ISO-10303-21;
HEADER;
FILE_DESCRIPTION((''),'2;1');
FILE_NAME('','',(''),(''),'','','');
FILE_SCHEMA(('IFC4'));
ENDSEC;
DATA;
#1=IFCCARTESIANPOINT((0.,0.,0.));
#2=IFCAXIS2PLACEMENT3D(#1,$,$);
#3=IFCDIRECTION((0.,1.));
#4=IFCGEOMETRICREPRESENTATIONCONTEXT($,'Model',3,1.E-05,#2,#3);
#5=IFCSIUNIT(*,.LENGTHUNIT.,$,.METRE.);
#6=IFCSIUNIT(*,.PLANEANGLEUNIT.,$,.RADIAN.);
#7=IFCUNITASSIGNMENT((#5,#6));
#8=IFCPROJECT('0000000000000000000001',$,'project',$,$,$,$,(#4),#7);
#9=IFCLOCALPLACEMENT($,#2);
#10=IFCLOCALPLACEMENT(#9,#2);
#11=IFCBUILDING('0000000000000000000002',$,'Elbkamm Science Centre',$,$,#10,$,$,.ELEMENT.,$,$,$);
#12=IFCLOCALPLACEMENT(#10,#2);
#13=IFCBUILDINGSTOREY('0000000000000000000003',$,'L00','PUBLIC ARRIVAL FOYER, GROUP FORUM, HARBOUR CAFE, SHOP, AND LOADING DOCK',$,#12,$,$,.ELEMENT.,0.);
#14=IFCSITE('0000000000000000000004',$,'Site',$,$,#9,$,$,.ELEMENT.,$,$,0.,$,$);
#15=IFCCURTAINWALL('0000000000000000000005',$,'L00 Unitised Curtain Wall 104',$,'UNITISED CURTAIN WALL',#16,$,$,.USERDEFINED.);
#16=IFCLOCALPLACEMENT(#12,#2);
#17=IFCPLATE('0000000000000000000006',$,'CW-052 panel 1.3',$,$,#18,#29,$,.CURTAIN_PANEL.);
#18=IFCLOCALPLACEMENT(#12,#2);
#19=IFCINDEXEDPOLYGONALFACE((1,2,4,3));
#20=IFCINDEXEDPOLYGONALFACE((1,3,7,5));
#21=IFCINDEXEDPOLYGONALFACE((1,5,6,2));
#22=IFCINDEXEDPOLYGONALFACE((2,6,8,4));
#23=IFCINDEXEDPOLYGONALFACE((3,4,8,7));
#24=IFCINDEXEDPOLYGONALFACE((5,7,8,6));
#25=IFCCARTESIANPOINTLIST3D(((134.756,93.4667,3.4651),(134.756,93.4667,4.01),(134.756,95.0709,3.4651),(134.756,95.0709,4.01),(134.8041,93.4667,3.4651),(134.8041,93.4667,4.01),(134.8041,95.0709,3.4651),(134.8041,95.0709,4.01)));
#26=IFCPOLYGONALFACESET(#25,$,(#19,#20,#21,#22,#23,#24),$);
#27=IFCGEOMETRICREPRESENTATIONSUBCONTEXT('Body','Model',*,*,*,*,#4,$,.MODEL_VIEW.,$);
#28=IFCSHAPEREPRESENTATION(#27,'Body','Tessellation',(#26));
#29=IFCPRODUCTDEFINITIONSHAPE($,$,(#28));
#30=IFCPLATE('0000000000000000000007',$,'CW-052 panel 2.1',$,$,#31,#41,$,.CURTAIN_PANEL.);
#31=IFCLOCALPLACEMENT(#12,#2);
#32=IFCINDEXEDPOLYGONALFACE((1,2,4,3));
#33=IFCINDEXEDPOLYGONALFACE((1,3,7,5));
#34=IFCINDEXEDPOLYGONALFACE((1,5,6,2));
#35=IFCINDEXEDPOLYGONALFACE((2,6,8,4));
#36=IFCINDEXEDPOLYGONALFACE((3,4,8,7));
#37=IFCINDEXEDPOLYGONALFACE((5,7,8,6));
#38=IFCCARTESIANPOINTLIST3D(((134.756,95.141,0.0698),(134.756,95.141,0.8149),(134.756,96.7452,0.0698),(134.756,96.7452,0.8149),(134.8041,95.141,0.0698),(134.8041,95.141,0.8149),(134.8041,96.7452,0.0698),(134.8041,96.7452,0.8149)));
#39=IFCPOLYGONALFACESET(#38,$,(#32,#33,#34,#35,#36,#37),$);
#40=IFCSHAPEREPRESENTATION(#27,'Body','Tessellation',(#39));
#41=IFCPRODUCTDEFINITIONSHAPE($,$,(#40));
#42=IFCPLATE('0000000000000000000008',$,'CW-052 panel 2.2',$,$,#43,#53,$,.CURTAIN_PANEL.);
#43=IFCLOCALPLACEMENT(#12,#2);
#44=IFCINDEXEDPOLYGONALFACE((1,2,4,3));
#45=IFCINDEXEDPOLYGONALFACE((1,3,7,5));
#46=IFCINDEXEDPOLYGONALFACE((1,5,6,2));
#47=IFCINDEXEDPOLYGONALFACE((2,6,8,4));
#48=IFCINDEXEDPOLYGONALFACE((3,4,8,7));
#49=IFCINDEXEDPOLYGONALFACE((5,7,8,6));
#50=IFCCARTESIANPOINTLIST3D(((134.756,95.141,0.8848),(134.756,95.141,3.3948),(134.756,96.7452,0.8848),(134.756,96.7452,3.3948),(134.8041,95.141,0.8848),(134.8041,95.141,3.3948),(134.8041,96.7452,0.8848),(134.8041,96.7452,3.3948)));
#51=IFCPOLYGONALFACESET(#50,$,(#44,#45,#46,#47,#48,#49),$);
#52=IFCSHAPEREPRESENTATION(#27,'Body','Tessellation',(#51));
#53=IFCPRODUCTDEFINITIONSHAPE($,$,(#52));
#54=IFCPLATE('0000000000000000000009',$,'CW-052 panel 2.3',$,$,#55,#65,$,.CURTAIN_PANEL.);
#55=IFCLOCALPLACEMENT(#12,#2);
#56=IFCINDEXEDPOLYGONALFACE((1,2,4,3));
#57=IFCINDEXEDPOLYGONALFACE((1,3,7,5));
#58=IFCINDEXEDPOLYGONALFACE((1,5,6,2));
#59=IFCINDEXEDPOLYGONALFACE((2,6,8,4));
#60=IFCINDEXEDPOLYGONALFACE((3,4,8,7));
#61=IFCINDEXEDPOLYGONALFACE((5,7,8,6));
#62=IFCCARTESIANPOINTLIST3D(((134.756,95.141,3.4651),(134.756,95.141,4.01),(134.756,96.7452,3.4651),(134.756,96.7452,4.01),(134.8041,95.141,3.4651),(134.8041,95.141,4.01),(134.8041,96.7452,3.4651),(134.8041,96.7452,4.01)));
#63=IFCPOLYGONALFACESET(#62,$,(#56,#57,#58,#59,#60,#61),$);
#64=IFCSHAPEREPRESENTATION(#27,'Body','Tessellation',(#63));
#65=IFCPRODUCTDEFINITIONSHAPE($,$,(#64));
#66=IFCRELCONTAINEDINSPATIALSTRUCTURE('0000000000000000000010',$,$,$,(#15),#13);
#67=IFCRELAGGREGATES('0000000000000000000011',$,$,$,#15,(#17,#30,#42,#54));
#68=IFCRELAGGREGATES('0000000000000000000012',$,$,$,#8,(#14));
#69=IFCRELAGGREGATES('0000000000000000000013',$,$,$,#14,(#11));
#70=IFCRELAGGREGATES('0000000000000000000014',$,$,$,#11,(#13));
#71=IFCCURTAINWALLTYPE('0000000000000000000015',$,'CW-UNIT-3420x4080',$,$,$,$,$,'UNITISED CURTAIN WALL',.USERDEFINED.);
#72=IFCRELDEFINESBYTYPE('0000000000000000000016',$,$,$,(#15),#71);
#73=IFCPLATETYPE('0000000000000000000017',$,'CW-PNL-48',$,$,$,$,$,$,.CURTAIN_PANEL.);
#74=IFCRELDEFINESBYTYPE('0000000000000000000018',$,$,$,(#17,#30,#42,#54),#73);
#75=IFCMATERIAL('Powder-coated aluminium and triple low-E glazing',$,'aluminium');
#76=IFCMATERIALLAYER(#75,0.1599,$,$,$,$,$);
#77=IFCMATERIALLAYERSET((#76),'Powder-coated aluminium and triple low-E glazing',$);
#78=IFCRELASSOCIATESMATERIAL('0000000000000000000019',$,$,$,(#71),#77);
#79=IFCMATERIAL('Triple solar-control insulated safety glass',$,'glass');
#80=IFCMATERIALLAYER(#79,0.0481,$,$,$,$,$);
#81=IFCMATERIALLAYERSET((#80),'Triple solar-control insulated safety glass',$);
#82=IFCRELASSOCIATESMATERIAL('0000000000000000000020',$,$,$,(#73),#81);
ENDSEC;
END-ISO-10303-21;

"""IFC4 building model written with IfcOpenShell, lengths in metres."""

from ifc_helpers import new_model, si_unit, direction, frame, origin, origin_2d, place, context, subcontext, project, spatial, rectangle, extrude, material, layer, layer_set, type_object, element, aggregate, save


model = new_model("IFC4")

# Units and contexts
model_context = context("Model", 3, precision=1e-05, world=origin(), true_north=direction((0.0, 1.0)))
body_context = subcontext(model_context, "Body", "Model", "MODEL_VIEW")
ifc_project = project(units=[si_unit("LENGTHUNIT", "METRE"), si_unit("PLANEANGLEUNIT", "RADIAN")], contexts=[model_context])

# Site, building, storey
site_placement = place(None, origin())
site = spatial("IfcSite", under=ifc_project, at=site_placement, Name="Site", CompositionType="ELEMENT", RefElevation=0.0)
building_placement = place(site_placement, origin())
building = spatial("IfcBuilding", under=site, at=building_placement, Name="Elbkamm Science Centre", CompositionType="ELEMENT")
storey_placement = place(building_placement, origin())
storey = spatial("IfcBuildingStorey", under=building, at=storey_placement, Name="L00", Description="PUBLIC ARRIVAL FOYER, GROUP FORUM, HARBOUR CAFE, SHOP, AND LOADING DOCK", CompositionType="ELEMENT", Elevation=0.0)

# Curtain wall
ifc_material_1 = material(Name="Powder-coated aluminium and triple low-E glazing", Category="aluminium")
ifc_layer_1 = layer(ifc_material_1, 0.1599)
ifc_layer_set_1 = layer_set([ifc_layer_1], Name="Powder-coated aluminium and triple low-E glazing")
curtain_wall_type = type_object("IfcCurtainWallType", Name="CW-UNIT-3420x4080", ElementType="UNITISED CURTAIN WALL", PredefinedType="USERDEFINED", material=ifc_layer_set_1)
curtain_wall_1_placement = place(storey_placement, origin())
curtain_wall_1 = element("IfcCurtainWall", 1, at=curtain_wall_1_placement, inside=storey, type_object=curtain_wall_type, Name="L00 Unitised Curtain Wall 104", ObjectType="UNITISED CURTAIN WALL", PredefinedType="USERDEFINED")

# Plates
ifc_material_2 = material(Name="Triple solar-control insulated safety glass", Category="glass")
ifc_layer_2 = layer(ifc_material_2, 0.0481)
ifc_layer_set_2 = layer_set([ifc_layer_2], Name="Triple solar-control insulated safety glass")
plate_type = type_object("IfcPlateType", Name="CW-PNL-48", PredefinedType="CURTAIN_PANEL", material=ifc_layer_set_2)
plate_1_placement = place(storey_placement, frame((134.78, 94.2688, 3.4651), z_axis=(0.0, 0.0, 1.0), x_axis=(0.0, 1.0, 0.0)))
plate_1 = element("IfcPlate", 2, at=plate_1_placement, type_object=plate_type, Name="CW-052 panel 1.3", PredefinedType="CURTAIN_PANEL", context=body_context, shape_type="SweptSolid", body=[
    extrude(rectangle(XDim=1.6042, YDim=0.0481, at=origin_2d()), origin(), (0.0, 0.0, 1.0), 0.5449),
])
plate_2_placement = place(storey_placement, frame((134.78, 95.9431, 0.0698), z_axis=(0.0, 0.0, 1.0), x_axis=(0.0, 1.0, 0.0)))
plate_2 = element("IfcPlate", 3, at=plate_2_placement, type_object=plate_type, Name="CW-052 panel 2.1", PredefinedType="CURTAIN_PANEL", context=body_context, shape_type="SweptSolid", body=[
    extrude(rectangle(XDim=1.6042, YDim=0.0481, at=origin_2d()), origin(), (0.0, 0.0, 1.0), 0.7451),
])
plate_3_placement = place(storey_placement, frame((134.78, 95.9431, 0.8848), z_axis=(0.0, 0.0, 1.0), x_axis=(0.0, 1.0, 0.0)))
plate_3 = element("IfcPlate", 4, at=plate_3_placement, type_object=plate_type, Name="CW-052 panel 2.2", PredefinedType="CURTAIN_PANEL", context=body_context, shape_type="SweptSolid", body=[
    extrude(rectangle(XDim=1.6042, YDim=0.0481, at=origin_2d()), origin(), (0.0, 0.0, 1.0), 2.51),
])
plate_4_placement = place(storey_placement, frame((134.78, 95.9431, 3.4651), z_axis=(0.0, 0.0, 1.0), x_axis=(0.0, 1.0, 0.0)))
plate_4 = element("IfcPlate", 5, at=plate_4_placement, type_object=plate_type, Name="CW-052 panel 2.3", PredefinedType="CURTAIN_PANEL", context=body_context, shape_type="SweptSolid", body=[
    extrude(rectangle(XDim=1.6042, YDim=0.0481, at=origin_2d()), origin(), (0.0, 0.0, 1.0), 0.5449),
])
aggregate(curtain_wall_1, [plate_1, plate_2, plate_3, plate_4])

save(model, "model.ifc")
